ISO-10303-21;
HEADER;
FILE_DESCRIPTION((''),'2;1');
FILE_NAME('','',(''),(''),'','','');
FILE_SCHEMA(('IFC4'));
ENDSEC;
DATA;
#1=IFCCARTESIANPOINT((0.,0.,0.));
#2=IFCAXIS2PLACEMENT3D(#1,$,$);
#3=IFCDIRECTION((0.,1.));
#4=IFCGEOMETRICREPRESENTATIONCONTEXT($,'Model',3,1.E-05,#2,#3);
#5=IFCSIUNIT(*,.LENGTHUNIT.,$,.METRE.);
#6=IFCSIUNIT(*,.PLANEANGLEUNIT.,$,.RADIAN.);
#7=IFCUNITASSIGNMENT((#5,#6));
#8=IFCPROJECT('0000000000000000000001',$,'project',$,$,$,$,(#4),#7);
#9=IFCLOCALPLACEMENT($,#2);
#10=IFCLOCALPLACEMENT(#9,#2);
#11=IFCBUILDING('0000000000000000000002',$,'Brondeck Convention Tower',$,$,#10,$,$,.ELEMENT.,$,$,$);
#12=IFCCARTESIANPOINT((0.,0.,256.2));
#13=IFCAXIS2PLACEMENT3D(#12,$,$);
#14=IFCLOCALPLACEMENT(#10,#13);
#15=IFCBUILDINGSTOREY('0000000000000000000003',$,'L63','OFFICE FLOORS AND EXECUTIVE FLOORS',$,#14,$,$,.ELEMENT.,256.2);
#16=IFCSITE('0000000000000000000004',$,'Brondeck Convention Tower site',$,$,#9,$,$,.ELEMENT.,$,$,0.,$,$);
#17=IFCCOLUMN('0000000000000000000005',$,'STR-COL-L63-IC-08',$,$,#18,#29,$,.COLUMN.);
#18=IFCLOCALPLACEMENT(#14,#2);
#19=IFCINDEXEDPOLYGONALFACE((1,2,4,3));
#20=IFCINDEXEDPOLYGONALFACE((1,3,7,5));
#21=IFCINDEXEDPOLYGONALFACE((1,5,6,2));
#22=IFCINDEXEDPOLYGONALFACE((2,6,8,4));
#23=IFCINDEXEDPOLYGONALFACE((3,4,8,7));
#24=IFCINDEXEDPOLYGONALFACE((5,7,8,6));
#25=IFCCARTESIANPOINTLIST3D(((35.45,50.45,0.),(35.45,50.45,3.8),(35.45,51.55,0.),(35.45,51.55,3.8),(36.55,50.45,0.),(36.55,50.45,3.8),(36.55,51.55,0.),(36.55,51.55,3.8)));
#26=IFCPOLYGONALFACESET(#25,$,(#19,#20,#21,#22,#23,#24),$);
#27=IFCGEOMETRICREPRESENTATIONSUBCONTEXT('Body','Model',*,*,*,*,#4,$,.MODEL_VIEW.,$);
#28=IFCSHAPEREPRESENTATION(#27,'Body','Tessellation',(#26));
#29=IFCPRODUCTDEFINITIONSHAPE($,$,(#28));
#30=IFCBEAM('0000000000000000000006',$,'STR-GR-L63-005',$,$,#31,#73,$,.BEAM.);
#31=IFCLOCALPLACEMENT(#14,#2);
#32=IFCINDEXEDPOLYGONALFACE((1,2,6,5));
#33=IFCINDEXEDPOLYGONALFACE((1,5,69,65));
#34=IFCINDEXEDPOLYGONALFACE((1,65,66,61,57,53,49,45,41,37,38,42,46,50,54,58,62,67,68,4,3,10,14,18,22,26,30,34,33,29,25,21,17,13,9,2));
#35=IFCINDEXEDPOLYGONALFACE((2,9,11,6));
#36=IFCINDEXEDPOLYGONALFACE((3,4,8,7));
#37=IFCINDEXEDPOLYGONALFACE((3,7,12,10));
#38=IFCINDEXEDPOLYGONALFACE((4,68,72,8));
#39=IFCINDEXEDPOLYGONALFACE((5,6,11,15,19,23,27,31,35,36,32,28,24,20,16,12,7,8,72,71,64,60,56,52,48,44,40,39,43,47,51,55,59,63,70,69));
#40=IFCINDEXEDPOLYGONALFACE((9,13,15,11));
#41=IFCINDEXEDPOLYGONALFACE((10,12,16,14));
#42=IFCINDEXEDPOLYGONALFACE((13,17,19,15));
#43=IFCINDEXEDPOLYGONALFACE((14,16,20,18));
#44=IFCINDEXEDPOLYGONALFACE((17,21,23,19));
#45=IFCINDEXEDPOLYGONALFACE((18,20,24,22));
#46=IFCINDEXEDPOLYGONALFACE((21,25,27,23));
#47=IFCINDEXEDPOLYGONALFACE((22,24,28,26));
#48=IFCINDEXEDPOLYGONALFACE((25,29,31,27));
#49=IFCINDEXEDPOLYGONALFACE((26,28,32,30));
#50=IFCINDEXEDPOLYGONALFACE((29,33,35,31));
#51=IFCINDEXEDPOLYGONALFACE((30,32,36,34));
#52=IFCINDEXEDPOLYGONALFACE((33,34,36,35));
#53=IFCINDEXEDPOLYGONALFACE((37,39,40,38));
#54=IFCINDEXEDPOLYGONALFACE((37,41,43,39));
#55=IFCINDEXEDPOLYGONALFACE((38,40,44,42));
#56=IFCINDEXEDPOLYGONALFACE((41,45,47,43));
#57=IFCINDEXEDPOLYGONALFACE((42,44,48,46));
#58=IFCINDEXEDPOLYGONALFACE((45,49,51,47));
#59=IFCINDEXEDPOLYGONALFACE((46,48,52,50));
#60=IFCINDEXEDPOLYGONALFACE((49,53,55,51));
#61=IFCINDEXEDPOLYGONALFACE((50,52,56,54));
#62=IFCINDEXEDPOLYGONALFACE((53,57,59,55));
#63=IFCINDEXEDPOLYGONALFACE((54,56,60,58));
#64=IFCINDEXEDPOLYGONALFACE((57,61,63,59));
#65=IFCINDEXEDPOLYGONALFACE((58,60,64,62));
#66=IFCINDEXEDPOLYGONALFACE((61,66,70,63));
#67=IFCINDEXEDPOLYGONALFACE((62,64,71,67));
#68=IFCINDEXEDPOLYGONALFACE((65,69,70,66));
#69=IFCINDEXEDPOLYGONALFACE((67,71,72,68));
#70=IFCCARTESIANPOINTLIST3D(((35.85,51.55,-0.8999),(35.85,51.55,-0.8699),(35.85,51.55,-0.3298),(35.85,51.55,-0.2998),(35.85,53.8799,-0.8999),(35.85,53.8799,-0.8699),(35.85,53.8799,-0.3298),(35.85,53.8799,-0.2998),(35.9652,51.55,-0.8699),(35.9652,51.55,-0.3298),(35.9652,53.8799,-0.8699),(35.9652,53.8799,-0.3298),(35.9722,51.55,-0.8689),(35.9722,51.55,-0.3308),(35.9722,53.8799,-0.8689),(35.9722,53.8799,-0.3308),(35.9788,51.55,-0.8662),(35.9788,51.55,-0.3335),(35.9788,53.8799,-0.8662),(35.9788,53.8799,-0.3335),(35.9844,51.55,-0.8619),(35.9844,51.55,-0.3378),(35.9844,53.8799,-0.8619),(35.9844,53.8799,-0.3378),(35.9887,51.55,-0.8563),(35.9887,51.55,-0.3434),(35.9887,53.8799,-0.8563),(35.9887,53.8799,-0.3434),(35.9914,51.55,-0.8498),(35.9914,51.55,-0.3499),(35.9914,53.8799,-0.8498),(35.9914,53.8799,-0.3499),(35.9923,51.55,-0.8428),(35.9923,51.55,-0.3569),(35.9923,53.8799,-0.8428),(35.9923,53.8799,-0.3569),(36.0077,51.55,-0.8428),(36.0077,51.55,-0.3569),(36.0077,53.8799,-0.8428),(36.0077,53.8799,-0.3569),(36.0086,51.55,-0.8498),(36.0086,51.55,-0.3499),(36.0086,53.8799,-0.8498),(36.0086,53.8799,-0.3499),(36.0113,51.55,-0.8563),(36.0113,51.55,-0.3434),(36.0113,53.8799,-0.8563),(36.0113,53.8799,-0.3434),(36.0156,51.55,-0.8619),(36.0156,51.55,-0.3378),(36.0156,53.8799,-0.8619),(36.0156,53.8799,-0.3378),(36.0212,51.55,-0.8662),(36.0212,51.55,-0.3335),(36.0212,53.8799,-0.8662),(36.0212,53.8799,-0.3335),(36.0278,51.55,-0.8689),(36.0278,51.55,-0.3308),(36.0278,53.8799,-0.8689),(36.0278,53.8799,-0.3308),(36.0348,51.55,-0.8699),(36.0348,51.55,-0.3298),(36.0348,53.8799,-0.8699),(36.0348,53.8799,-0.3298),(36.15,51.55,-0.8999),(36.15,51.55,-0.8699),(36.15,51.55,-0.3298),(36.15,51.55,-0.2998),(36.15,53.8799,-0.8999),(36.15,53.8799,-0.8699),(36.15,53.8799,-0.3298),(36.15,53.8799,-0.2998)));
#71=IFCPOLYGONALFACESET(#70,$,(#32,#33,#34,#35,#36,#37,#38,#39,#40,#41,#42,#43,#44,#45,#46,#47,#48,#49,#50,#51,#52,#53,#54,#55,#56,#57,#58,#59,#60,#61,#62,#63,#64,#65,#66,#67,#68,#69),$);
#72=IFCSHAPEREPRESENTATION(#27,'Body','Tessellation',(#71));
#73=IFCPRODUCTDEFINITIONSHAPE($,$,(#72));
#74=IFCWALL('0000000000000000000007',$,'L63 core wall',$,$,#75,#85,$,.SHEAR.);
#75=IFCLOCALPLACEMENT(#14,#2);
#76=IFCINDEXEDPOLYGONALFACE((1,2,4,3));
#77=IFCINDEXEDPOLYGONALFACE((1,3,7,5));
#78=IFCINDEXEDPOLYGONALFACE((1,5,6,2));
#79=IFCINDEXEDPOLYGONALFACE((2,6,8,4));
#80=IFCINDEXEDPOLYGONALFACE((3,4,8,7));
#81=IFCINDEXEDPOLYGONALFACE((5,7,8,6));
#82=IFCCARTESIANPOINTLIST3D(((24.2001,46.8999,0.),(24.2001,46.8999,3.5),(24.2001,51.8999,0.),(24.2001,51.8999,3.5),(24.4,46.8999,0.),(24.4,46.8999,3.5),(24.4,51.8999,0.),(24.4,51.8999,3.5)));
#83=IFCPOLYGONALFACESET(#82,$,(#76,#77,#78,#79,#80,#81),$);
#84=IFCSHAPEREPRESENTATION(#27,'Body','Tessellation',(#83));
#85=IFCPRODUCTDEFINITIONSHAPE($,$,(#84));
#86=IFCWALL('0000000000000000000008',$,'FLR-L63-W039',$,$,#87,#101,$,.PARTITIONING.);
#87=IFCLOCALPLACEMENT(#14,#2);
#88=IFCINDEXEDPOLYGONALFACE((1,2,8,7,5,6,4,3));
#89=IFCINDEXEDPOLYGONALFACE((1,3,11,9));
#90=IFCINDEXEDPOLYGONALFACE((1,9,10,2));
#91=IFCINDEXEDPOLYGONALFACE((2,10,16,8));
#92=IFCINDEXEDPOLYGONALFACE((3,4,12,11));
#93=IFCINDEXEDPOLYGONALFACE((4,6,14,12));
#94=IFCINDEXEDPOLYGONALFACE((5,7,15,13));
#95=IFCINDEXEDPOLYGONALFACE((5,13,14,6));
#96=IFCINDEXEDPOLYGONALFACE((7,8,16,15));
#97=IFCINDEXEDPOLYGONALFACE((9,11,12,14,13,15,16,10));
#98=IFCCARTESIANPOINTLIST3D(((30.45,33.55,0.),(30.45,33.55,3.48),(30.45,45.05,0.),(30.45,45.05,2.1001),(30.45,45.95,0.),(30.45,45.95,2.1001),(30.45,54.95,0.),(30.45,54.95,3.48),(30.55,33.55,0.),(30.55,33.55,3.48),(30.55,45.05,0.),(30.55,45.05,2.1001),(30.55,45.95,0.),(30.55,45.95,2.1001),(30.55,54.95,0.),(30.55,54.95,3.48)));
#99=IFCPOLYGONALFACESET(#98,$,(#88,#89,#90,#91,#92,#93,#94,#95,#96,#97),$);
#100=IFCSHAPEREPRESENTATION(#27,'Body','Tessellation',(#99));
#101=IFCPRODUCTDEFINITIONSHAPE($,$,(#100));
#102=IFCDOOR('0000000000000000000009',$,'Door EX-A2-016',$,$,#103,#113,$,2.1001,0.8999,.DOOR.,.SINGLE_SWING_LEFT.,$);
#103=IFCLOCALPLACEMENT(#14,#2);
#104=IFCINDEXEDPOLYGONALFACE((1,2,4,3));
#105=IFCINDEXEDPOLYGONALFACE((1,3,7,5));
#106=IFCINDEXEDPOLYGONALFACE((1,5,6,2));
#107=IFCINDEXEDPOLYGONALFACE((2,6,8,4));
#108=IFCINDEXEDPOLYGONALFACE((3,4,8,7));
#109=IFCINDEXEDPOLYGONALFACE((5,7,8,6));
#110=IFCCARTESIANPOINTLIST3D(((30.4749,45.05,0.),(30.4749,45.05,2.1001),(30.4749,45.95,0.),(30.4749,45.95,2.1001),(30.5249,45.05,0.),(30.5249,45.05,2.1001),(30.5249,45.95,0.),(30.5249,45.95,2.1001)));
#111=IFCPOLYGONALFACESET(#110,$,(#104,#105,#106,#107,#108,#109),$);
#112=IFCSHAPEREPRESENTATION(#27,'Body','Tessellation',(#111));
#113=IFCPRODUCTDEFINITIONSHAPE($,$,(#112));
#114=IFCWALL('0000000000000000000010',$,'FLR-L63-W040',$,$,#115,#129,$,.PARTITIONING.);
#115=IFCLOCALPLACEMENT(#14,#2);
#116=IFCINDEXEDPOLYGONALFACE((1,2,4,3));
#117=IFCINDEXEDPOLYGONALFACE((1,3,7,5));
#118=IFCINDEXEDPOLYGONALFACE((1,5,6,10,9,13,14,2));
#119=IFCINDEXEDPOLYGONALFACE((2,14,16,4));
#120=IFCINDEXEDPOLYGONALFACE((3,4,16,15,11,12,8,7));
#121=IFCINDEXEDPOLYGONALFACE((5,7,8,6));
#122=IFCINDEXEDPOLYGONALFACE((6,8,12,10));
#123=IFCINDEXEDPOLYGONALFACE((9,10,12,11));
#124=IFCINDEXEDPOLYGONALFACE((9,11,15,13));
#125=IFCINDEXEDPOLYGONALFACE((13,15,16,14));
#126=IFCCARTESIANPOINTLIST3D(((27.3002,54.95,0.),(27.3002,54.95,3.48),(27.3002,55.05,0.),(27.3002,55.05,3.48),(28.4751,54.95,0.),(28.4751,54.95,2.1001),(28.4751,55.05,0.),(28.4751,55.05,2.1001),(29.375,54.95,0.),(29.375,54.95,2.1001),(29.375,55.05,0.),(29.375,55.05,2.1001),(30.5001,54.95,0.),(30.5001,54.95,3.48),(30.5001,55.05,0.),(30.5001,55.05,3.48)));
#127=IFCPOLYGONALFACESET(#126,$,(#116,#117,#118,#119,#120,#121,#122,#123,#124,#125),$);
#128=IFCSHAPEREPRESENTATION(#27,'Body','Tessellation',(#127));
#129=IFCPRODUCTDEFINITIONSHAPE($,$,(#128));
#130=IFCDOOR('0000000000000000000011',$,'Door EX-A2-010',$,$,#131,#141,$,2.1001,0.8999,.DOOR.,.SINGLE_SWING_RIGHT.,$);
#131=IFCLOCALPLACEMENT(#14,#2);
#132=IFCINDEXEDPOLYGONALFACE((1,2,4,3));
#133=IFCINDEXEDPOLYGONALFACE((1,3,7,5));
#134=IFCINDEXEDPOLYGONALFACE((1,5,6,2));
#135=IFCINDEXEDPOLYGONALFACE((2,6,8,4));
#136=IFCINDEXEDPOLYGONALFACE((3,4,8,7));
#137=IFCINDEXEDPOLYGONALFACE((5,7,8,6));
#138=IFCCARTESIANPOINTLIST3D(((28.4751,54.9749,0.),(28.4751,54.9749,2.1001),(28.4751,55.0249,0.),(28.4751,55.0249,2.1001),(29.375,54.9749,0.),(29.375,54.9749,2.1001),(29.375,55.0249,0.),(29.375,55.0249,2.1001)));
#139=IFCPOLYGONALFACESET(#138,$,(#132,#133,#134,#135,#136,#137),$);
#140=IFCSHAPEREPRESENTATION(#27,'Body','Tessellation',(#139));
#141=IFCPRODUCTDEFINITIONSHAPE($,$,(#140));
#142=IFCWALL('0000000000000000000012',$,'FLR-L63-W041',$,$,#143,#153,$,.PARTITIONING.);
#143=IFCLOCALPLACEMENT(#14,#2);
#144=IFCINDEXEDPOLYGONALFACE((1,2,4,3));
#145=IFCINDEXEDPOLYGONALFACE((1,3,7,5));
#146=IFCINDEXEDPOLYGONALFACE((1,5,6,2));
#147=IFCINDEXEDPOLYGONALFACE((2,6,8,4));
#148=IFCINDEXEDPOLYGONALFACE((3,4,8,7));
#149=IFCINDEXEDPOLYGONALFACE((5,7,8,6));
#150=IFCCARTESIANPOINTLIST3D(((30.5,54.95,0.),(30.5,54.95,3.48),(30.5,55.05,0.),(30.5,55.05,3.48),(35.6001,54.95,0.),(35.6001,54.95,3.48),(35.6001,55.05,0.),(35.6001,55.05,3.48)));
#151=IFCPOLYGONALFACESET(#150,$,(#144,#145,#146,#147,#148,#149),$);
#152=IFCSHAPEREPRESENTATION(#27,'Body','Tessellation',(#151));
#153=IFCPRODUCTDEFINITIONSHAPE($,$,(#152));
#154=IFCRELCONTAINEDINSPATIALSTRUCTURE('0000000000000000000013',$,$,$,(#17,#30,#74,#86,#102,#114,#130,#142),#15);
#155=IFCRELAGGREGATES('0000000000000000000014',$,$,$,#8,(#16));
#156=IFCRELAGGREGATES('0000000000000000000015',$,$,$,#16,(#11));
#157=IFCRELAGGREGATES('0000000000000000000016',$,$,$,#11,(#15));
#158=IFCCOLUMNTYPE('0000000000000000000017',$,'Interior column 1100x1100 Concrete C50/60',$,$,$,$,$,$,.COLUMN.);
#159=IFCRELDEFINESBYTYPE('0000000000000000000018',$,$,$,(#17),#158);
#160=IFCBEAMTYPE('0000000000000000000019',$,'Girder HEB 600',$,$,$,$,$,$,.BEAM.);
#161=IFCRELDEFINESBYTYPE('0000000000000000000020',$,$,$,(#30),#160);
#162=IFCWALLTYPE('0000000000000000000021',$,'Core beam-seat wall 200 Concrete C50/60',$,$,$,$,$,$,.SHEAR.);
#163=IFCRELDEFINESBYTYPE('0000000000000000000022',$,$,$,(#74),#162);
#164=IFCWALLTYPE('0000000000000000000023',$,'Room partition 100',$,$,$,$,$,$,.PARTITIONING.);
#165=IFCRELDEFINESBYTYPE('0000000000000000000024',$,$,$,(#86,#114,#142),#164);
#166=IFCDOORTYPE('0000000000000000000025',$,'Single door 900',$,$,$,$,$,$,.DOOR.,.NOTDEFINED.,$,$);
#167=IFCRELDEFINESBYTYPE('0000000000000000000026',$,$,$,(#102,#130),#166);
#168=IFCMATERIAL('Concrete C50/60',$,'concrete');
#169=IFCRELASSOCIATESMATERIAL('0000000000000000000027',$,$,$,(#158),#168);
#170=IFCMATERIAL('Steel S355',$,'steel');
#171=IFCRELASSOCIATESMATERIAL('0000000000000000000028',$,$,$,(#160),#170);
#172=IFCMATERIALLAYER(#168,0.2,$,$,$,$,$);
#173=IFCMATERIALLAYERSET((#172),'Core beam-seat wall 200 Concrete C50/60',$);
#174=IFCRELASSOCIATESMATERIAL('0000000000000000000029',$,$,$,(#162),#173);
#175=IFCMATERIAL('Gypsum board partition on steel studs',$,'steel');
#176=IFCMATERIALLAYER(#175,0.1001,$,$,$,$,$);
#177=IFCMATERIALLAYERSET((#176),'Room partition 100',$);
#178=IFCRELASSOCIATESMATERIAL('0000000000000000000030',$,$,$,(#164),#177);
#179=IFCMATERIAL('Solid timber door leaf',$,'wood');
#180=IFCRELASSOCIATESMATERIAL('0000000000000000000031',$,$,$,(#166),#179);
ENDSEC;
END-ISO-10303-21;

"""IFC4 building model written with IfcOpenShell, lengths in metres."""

from ifc_helpers import new_model, si_unit, direction, frame, frame_2d, origin, origin_2d, place, context, subcontext, project, spatial, rectangle, i_section, extrude, material, layer, layer_set, material_profile, profile_set, type_object, element, fill, save


model = new_model("IFC4")

# Units and contexts
model_context = context("Model", 3, precision=1e-05, world=origin(), true_north=direction((0.0, 1.0)))
body_context = subcontext(model_context, "Body", "Model", "MODEL_VIEW")
ifc_project = project(units=[si_unit("LENGTHUNIT", "METRE"), si_unit("PLANEANGLEUNIT", "RADIAN")], contexts=[model_context])

# Site, building, storey
site_placement = place(None, origin())
site = spatial("IfcSite", under=ifc_project, at=site_placement, Name="Brondeck Convention Tower site", CompositionType="ELEMENT", RefElevation=0.0)
building_placement = place(site_placement, origin())
building = spatial("IfcBuilding", under=site, at=building_placement, Name="Brondeck Convention Tower", CompositionType="ELEMENT")
storey_placement = place(building_placement, frame((0.0, 0.0, 256.2)))
storey = spatial("IfcBuildingStorey", under=building, at=storey_placement, Name="L63", Description="OFFICE FLOORS AND EXECUTIVE FLOORS", CompositionType="ELEMENT", Elevation=256.2)

# Column
ifc_material_1 = material(Name="Concrete C50/60", Category="concrete")
ifc_material_profile_1 = material_profile(ifc_material_1, rectangle(XDim=1.1001, YDim=1.1001, at=origin_2d()), Name="Interior column 1100x1100 Concrete C50/60")
ifc_profile_set_1 = profile_set([ifc_material_profile_1], Name="Concrete C50/60")
column_type = type_object("IfcColumnType", Name="Interior column 1100x1100 Concrete C50/60", PredefinedType="COLUMN", material=ifc_profile_set_1)
column_placement = place(storey_placement, frame((36.0, 51.0, 0.0), z_axis=(0.0, 0.0, 1.0), x_axis=(1.0, 0.0, 0.0)))
element("IfcColumn", 1, at=column_placement, inside=storey, type_object=column_type, Name="STR-COL-L63-IC-08", PredefinedType="COLUMN", context=body_context, shape_type="SweptSolid", body=[
    extrude(rectangle(XDim=1.1001, YDim=1.1001, at=origin_2d()), origin(), (0.0, 0.0, 1.0), 3.8),
])

# Beam
ifc_material_2 = material(Name="Steel S355", Category="steel")
ifc_material_profile_2 = material_profile(ifc_material_2, i_section(OverallWidth=0.3, OverallDepth=0.6001, WebThickness=0.0154, FlangeThickness=0.03, FilletRadius=0.0271, at=origin_2d()), Name="HEB 600")
ifc_profile_set_2 = profile_set([ifc_material_profile_2], Name="Steel S355")
beam_type = type_object("IfcBeamType", Name="Girder HEB 600", PredefinedType="BEAM", material=ifc_profile_set_2)
beam_placement = place(storey_placement, frame((36.0, 51.55, -0.5999), z_axis=(0.0, 1.0, 0.0), x_axis=(-1.0, 0.0, 0.0)))
element("IfcBeam", 2, at=beam_placement, inside=storey, type_object=beam_type, Name="STR-GR-L63-005", PredefinedType="BEAM", context=body_context, shape_type="SweptSolid", body=[
    extrude(i_section(OverallWidth=0.3, OverallDepth=0.6001, WebThickness=0.0154, FlangeThickness=0.03, FilletRadius=0.0271, at=origin_2d()), origin(), (0.0, 0.0, 1.0), 2.3298),
])

# Wall
ifc_layer_1 = layer(ifc_material_1, 0.2)
ifc_layer_set_1 = layer_set([ifc_layer_1], Name="Core beam-seat wall 200 Concrete C50/60")
wall_type_1 = type_object("IfcWallType", Name="Core beam-seat wall 200 Concrete C50/60", PredefinedType="SHEAR", material=ifc_layer_set_1)
wall_1_placement = place(storey_placement, frame((24.3, 46.8999, 0.0), z_axis=(0.0, 0.0, 1.0), x_axis=(0.0, 1.0, 0.0)))
element("IfcWall", 3, at=wall_1_placement, inside=storey, type_object=wall_type_1, Name="L63 core wall", PredefinedType="SHEAR", context=body_context, shape_type="SweptSolid", body=[
    extrude(rectangle(XDim=5.0, YDim=0.2, at=frame_2d((2.5, 0.0))), origin(), (0.0, 0.0, 1.0), 3.5),
])

# Walls, openings, doors
ifc_material_3 = material(Name="Gypsum board partition on steel studs", Category="steel")
ifc_layer_2 = layer(ifc_material_3, 0.1001)
ifc_layer_set_2 = layer_set([ifc_layer_2], Name="Room partition 100")
wall_type_2 = type_object("IfcWallType", Name="Room partition 100", PredefinedType="PARTITIONING", material=ifc_layer_set_2)
wall_2_placement = place(storey_placement, frame((30.5, 54.95, 0.0), z_axis=(0.0, 0.0, 1.0), x_axis=(0.0, -1.0, 0.0)))
wall_2 = element("IfcWall", 4, at=wall_2_placement, inside=storey, type_object=wall_type_2, Name="FLR-L63-W039", PredefinedType="PARTITIONING", context=body_context, shape_type="SweptSolid", body=[
    extrude(rectangle(XDim=21.3999, YDim=0.1001, at=frame_2d((10.7, 0.0))), origin(), (0.0, 0.0, 1.0), 3.48),
])
opening_1_placement = place(wall_2_placement, frame((9.0, 0.0, 0.0)))
opening_1 = element("IfcOpeningElement", 5, at=opening_1_placement, cuts=wall_2, PredefinedType="OPENING", context=body_context, shape_type="SweptSolid", body=[
    extrude(rectangle(XDim=0.8999, YDim=2.1001, at=frame_2d((0.45, 1.05))), frame((0.0, 0.0601, 0.0), z_axis=(0.0, -1.0, 0.0), x_axis=(1.0, 0.0, 0.0)), (0.0, 0.0, 1.0), 0.1201),
])
ifc_material_4 = material(Name="Solid timber door leaf", Category="wood")
door_type_1 = type_object("IfcDoorType", Name="Single door 900", OperationType="NOTDEFINED", PredefinedType="DOOR", material=ifc_material_4)
door_1_placement = place(opening_1_placement, origin())
door_1 = element("IfcDoor", 6, at=door_1_placement, inside=storey, type_object=door_type_1, Name="Door EX-A2-016", OperationType="SINGLE_SWING_LEFT", OverallHeight=2.1001, OverallWidth=0.8999, PredefinedType="DOOR", context=body_context, shape_type="SweptSolid", body=[
    extrude(rectangle(XDim=0.8999, YDim=2.1001, at=frame_2d((0.45, 1.05))), frame((0.0, 0.0249, 0.0), z_axis=(0.0, -1.0, 0.0), x_axis=(1.0, 0.0, 0.0)), (0.0, 0.0, 1.0), 0.05),
])
fill(opening_1, door_1)
wall_3_placement = place(storey_placement, frame((27.3, 55.0, 0.0), z_axis=(0.0, 0.0, 1.0), x_axis=(1.0, 0.0, 0.0)))
wall_3 = element("IfcWall", 7, at=wall_3_placement, inside=storey, type_object=wall_type_2, Name="FLR-L63-W040", PredefinedType="PARTITIONING", context=body_context, shape_type="SweptSolid", body=[
    extrude(rectangle(XDim=3.2, YDim=0.1001, at=frame_2d((1.6001, 0.0))), origin(), (0.0, 0.0, 1.0), 3.48),
])
opening_2_placement = place(wall_3_placement, frame((1.175, 0.0, 0.0)))
opening_2 = element("IfcOpeningElement", 8, at=opening_2_placement, cuts=wall_3, PredefinedType="OPENING", context=body_context, shape_type="SweptSolid", body=[
    extrude(rectangle(XDim=0.8999, YDim=2.1001, at=frame_2d((0.45, 1.05))), frame((0.0, 0.0601, 0.0), z_axis=(0.0, -1.0, 0.0), x_axis=(1.0, 0.0, 0.0)), (0.0, 0.0, 1.0), 0.1201),
])
door_2_placement = place(opening_2_placement, origin())
door_2 = element("IfcDoor", 9, at=door_2_placement, inside=storey, type_object=door_type_1, Name="Door EX-A2-010", OperationType="SINGLE_SWING_RIGHT", OverallHeight=2.1001, OverallWidth=0.8999, PredefinedType="DOOR", context=body_context, shape_type="SweptSolid", body=[
    extrude(rectangle(XDim=0.8999, YDim=2.1001, at=frame_2d((0.45, 1.05))), frame((0.0, 0.0249, 0.0), z_axis=(0.0, -1.0, 0.0), x_axis=(1.0, 0.0, 0.0)), (0.0, 0.0, 1.0), 0.05),
])
fill(opening_2, door_2)

# Wall
wall_4_placement = place(storey_placement, frame((35.6001, 55.0, 0.0), z_axis=(0.0, 0.0, 1.0), x_axis=(-1.0, 0.0, 0.0)))
element("IfcWall", 10, at=wall_4_placement, inside=storey, type_object=wall_type_2, Name="FLR-L63-W041", PredefinedType="PARTITIONING", context=body_context, shape_type="SweptSolid", body=[
    extrude(rectangle(XDim=5.1001, YDim=0.1001, at=frame_2d((2.55, 0.0))), origin(), (0.0, 0.0, 1.0), 3.48),
])

save(model, "model.ifc")
